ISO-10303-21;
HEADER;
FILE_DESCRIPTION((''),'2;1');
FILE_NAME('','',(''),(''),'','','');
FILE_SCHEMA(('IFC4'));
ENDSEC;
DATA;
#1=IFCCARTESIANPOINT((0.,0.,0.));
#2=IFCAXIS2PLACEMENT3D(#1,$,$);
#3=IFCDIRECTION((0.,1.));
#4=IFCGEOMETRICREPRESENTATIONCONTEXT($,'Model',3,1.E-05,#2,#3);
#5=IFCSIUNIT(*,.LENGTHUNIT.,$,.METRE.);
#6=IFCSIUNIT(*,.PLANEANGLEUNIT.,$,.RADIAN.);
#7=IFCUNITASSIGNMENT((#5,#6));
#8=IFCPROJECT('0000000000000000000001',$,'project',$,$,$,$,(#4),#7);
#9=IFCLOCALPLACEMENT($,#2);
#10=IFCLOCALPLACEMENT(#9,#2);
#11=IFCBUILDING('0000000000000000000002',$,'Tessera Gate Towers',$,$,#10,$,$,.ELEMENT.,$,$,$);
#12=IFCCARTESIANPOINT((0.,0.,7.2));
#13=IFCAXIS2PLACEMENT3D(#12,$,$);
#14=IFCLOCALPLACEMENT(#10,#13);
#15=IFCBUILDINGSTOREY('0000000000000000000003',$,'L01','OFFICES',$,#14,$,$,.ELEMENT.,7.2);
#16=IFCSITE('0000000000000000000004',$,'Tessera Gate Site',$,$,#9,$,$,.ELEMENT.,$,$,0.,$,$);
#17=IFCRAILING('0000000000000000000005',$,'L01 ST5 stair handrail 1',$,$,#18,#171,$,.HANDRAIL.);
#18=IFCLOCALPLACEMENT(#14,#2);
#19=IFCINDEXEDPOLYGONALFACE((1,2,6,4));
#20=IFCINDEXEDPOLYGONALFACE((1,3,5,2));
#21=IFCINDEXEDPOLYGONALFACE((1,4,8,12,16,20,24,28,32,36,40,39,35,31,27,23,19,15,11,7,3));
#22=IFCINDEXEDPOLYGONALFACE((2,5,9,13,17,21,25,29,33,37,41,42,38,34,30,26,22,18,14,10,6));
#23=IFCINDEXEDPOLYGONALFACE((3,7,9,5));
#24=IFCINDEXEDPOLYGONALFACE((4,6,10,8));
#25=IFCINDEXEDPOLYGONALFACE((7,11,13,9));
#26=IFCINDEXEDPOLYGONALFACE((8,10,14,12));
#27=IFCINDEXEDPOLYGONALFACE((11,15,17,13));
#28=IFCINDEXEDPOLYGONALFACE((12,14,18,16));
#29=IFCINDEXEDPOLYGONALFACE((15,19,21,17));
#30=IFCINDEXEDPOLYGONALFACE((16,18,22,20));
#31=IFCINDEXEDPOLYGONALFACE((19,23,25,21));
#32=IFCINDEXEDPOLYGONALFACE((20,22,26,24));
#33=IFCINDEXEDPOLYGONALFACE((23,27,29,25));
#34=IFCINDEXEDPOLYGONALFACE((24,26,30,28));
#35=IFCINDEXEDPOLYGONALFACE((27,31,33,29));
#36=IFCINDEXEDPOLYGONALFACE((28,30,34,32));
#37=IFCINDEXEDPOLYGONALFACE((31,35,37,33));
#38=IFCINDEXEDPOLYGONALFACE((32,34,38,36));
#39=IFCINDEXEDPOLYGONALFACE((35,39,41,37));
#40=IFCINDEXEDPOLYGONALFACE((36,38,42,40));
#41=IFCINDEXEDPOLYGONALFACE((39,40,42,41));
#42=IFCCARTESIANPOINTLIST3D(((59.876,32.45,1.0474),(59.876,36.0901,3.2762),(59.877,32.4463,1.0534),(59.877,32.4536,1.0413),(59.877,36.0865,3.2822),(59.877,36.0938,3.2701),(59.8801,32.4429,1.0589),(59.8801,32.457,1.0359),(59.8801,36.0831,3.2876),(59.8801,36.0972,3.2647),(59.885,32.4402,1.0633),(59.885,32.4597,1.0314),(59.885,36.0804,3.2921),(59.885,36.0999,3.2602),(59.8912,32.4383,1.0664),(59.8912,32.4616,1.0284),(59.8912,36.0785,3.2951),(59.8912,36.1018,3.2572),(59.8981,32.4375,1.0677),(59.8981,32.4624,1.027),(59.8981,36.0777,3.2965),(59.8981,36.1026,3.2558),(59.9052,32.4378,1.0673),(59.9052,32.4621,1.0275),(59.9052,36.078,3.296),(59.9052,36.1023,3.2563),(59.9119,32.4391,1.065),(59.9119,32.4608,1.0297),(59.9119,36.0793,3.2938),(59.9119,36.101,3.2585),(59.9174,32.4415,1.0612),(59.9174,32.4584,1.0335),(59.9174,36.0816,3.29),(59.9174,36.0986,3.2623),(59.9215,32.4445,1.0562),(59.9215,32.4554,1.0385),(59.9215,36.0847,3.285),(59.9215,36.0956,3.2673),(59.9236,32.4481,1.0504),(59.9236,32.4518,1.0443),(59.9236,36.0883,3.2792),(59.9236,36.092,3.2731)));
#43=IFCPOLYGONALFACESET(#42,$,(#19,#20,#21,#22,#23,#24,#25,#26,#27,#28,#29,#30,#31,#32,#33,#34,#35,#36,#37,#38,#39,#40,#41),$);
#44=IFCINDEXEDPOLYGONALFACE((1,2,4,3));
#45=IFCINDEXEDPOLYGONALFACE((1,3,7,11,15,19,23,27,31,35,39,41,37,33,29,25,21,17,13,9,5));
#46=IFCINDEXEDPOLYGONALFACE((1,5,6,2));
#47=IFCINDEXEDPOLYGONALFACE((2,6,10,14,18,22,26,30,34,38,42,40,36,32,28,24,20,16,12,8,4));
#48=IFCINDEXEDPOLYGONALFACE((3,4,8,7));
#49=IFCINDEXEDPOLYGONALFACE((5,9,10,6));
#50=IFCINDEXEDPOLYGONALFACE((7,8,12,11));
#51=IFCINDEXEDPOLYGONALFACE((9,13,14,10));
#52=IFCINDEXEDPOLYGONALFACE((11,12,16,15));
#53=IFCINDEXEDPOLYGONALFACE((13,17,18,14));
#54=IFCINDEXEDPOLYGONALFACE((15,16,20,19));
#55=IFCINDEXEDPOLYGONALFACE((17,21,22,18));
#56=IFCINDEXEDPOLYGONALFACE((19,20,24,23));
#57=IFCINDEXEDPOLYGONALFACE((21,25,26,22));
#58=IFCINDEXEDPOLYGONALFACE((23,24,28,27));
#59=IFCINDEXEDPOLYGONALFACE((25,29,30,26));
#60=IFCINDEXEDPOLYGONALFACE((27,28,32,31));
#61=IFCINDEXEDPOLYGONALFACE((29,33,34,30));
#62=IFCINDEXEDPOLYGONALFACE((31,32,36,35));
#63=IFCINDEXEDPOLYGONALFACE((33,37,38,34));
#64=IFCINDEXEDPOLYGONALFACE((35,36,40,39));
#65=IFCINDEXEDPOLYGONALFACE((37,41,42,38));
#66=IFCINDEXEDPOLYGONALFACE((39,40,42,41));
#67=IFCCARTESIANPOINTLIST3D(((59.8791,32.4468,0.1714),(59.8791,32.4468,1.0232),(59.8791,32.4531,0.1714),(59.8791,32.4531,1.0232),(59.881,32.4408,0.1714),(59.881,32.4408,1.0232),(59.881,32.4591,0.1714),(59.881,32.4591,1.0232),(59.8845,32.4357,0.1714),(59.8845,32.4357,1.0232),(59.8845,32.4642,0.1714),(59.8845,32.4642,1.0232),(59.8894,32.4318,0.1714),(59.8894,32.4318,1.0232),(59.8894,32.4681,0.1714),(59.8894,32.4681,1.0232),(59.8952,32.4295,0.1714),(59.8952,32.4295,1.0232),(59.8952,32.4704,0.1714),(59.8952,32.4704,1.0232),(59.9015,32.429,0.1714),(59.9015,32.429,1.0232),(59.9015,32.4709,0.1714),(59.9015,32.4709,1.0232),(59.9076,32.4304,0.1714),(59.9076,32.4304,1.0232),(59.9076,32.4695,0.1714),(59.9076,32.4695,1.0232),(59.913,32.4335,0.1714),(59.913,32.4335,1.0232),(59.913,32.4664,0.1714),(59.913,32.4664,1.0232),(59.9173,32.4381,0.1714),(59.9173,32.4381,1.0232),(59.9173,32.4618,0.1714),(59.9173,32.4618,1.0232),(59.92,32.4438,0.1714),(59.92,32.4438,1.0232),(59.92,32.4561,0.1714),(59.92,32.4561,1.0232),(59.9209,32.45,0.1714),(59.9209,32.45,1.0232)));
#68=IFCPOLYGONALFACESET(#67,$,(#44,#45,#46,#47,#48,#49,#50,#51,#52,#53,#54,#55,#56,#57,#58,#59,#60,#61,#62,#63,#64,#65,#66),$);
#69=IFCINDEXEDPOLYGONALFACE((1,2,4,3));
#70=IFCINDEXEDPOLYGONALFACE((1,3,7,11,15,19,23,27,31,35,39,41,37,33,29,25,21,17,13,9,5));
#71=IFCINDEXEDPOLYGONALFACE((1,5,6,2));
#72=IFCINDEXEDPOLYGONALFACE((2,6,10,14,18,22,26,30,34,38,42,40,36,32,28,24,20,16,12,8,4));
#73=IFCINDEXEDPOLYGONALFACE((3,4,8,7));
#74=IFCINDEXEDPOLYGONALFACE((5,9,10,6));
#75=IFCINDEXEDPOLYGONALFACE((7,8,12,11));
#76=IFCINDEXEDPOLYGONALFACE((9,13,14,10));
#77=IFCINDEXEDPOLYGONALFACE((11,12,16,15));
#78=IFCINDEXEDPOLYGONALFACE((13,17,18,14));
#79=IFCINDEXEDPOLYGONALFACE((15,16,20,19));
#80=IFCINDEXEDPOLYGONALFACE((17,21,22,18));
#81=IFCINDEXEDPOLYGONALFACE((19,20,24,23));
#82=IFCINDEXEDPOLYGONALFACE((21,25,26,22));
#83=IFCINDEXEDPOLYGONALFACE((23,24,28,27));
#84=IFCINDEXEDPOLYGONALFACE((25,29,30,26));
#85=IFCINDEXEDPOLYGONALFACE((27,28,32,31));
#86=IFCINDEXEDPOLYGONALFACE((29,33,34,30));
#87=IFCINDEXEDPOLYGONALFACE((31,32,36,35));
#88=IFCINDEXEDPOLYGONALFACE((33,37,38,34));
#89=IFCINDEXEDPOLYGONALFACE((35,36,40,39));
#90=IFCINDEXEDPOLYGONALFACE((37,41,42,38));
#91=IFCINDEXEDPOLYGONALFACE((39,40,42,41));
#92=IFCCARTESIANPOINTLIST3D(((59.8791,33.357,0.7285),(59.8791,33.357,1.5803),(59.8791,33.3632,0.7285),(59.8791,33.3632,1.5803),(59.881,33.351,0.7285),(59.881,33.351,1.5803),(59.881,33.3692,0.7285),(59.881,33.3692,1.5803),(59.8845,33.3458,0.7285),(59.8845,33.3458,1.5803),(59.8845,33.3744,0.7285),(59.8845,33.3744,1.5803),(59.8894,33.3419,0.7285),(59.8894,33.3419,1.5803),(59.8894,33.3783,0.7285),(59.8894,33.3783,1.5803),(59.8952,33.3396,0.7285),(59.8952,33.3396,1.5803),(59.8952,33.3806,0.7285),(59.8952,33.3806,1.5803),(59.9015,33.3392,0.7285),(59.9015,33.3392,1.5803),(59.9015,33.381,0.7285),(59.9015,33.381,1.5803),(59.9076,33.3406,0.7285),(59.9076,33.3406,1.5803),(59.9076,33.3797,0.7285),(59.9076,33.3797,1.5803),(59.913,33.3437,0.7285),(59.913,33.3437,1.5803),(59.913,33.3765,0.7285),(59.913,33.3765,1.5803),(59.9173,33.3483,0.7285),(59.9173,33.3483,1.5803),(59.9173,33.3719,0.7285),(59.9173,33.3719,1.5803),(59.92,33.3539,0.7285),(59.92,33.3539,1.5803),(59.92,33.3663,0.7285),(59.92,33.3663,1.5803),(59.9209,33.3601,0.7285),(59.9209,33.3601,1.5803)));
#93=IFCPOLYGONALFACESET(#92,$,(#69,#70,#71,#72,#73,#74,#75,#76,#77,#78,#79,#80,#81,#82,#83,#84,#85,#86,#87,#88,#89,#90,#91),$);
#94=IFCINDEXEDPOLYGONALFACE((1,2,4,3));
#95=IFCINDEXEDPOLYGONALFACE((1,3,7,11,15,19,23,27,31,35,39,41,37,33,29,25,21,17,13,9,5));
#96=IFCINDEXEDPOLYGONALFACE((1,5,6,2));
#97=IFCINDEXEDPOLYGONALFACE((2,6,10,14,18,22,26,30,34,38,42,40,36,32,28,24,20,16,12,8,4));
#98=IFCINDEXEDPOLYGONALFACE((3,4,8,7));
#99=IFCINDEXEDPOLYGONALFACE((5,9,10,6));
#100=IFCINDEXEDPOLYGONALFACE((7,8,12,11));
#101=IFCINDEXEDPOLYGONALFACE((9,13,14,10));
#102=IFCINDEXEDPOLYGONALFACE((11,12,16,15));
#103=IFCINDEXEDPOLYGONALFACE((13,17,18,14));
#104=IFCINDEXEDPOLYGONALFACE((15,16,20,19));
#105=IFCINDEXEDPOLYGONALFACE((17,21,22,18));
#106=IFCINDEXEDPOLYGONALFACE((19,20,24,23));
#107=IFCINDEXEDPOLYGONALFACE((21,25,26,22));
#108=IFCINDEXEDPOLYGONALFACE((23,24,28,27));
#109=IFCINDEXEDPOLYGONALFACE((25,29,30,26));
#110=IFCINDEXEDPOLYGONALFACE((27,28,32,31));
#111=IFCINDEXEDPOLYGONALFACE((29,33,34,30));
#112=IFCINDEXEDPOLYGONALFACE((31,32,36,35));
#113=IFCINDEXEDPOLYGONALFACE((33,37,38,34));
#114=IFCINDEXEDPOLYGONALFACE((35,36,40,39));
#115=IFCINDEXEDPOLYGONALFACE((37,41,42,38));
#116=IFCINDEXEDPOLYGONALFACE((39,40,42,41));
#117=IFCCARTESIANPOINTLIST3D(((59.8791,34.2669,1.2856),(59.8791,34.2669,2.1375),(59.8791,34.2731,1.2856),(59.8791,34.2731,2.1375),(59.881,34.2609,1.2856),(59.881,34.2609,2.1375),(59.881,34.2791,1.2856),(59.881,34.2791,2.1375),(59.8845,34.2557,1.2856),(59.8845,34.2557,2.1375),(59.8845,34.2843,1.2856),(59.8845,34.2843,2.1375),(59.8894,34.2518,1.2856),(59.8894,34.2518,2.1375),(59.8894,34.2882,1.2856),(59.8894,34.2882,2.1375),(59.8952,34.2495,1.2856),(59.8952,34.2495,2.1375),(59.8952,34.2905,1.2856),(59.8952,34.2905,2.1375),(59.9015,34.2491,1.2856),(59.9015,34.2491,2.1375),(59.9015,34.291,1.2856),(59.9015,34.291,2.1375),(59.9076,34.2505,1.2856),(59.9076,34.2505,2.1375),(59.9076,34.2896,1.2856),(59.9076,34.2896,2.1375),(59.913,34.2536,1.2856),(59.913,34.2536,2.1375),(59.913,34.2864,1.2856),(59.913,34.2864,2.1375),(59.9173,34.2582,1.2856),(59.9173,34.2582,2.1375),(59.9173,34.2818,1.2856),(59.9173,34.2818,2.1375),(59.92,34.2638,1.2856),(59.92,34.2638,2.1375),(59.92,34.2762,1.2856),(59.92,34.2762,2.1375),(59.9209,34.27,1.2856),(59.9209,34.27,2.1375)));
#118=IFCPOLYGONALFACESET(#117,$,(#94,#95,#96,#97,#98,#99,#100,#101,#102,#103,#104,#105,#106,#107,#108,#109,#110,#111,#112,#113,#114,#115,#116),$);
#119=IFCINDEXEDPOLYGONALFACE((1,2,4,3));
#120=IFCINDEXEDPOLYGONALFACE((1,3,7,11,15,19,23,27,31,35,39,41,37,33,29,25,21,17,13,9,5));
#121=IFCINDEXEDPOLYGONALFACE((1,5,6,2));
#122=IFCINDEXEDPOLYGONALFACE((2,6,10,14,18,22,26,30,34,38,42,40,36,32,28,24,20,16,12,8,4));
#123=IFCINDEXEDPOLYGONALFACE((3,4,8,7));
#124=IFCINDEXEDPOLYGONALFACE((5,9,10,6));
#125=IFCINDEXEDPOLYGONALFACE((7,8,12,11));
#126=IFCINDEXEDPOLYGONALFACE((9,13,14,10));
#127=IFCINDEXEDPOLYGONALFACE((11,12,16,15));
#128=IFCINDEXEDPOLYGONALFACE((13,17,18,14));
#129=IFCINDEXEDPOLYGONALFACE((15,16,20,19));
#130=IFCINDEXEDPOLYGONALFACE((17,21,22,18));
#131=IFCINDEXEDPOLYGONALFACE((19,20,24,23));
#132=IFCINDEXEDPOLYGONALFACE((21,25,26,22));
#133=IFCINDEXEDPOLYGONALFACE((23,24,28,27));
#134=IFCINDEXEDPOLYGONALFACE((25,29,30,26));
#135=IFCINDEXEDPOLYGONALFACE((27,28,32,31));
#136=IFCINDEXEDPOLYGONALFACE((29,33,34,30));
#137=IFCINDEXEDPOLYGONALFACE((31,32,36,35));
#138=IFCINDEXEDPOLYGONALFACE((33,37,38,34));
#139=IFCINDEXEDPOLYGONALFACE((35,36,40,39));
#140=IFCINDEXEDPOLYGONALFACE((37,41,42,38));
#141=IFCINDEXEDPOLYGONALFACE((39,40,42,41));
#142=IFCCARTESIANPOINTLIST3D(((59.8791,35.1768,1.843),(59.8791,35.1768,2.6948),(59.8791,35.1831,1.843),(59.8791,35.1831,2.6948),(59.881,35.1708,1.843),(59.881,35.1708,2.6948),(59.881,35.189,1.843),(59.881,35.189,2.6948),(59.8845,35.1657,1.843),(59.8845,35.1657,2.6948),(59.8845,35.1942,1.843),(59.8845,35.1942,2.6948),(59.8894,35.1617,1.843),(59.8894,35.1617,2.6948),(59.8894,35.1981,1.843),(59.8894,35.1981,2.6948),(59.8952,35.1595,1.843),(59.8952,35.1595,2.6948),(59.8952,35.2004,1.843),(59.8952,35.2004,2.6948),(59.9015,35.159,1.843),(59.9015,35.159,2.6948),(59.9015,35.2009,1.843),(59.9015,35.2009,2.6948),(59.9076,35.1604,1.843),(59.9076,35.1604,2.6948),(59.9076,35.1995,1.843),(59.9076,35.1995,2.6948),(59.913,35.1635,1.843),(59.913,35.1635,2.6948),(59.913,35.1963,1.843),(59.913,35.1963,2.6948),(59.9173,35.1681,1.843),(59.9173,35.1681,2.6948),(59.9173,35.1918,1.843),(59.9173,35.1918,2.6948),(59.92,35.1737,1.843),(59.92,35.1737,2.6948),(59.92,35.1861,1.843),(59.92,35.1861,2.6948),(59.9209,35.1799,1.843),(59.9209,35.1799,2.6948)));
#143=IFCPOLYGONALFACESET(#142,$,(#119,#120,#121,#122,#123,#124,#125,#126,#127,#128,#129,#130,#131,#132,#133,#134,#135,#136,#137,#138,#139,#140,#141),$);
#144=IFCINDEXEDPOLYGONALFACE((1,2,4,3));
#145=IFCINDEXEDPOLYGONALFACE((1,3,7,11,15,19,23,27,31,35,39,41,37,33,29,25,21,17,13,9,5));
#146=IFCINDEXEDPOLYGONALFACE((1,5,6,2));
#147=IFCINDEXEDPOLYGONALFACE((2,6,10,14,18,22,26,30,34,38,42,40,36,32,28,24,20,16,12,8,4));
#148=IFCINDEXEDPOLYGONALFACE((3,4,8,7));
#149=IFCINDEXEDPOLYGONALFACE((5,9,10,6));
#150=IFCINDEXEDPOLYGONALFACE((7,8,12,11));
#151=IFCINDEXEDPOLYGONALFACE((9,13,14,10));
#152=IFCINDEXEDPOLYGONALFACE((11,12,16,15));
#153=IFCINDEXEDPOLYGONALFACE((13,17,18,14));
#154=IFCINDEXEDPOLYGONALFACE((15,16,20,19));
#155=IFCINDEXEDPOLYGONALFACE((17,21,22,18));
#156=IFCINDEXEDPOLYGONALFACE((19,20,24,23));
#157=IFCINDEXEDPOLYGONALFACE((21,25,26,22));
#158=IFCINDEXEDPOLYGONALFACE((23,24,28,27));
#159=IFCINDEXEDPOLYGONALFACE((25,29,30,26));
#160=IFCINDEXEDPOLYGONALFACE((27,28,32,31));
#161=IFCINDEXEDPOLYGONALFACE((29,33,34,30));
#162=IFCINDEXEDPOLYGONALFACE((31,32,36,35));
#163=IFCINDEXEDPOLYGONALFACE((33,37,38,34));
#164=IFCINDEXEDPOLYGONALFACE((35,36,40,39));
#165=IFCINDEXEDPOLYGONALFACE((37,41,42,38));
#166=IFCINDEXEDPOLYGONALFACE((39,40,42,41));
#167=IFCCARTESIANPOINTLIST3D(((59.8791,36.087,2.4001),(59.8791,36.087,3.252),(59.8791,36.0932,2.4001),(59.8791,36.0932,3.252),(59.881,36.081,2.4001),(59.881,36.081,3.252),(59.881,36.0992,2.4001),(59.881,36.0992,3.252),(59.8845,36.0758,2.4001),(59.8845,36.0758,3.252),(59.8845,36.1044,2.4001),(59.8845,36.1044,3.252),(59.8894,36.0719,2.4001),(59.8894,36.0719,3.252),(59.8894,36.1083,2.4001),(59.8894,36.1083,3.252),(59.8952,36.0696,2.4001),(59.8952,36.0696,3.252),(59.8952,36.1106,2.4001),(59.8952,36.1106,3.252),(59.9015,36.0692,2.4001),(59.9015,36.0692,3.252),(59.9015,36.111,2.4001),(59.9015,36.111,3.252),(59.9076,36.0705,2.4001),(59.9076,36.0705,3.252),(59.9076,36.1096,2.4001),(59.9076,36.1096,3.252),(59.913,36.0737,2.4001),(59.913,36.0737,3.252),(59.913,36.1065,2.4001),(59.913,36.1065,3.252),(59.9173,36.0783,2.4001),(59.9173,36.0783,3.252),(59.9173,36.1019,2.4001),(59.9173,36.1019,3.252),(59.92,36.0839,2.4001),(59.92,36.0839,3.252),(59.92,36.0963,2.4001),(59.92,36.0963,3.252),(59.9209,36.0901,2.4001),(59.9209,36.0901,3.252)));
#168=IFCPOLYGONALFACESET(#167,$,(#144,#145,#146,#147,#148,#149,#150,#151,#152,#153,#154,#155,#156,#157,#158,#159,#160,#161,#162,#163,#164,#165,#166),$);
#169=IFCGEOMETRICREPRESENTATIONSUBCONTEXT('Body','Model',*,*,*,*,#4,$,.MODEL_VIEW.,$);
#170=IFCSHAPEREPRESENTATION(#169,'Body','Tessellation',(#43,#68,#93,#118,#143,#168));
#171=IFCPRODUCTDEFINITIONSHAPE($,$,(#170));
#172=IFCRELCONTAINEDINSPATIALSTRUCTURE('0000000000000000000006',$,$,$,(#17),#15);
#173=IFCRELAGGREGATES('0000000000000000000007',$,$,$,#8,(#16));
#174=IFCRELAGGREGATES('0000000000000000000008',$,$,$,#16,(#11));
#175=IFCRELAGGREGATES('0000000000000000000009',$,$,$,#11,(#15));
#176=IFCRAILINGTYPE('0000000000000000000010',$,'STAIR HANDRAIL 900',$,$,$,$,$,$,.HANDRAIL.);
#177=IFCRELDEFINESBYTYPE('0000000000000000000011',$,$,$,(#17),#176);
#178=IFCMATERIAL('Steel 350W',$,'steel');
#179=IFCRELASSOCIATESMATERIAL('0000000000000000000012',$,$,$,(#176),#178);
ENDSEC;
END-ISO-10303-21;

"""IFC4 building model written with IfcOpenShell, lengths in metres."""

from ifc_helpers import new_model, si_unit, direction, frame, origin, origin_2d, place, context, subcontext, project, spatial, circle, extrude, material, type_object, element, save


model = new_model("IFC4")

# Units and contexts
model_context = context("Model", 3, precision=1e-05, world=origin(), true_north=direction((0.0, 1.0)))
body_context = subcontext(model_context, "Body", "Model", "MODEL_VIEW")
ifc_project = project(units=[si_unit("LENGTHUNIT", "METRE"), si_unit("PLANEANGLEUNIT", "RADIAN")], contexts=[model_context])

# Site, building, storey
site_placement = place(None, origin())
site = spatial("IfcSite", under=ifc_project, at=site_placement, Name="Tessera Gate Site", CompositionType="ELEMENT", RefElevation=0.0)
building_placement = place(site_placement, origin())
building = spatial("IfcBuilding", under=site, at=building_placement, Name="Tessera Gate Towers", CompositionType="ELEMENT")
storey_placement = place(building_placement, frame((0.0, 0.0, 7.2)))
storey = spatial("IfcBuildingStorey", under=building, at=storey_placement, Name="L01", Description="OFFICES", CompositionType="ELEMENT", Elevation=7.2)

# Railing
ifc_material_1 = material(Name="Steel 350W", Category="steel")
railing_type_1 = type_object("IfcRailingType", Name="STAIR HANDRAIL 900", PredefinedType="HANDRAIL", material=ifc_material_1)
railing_1_placement = place(storey_placement, frame((59.8999, 32.45, 0.1714)))
element("IfcRailing", 1, at=railing_1_placement, inside=storey, type_object=railing_type_1, Name="L01 ST5 stair handrail 1", PredefinedType="HANDRAIL", context=body_context, shape_type="SweptSolid", body=[
    extrude(circle(Radius=0.0239, at=origin_2d()), frame((0.0, 0.0, 0.876), z_axis=(0.0, 0.85284, 0.522172), x_axis=(-1.0, 0.0, 0.0)), (0.0, 0.0, 1.0), 4.2683),
    extrude(circle(Radius=0.021, at=origin_2d()), origin(), (0.0, 0.0, 1.0), 0.8518),
    extrude(circle(Radius=0.021, at=origin_2d()), frame((0.0, 0.9102, 0.5571)), (0.0, 0.0, 1.0), 0.8518),
    extrude(circle(Radius=0.021, at=origin_2d()), frame((0.0, 1.8201, 1.1143)), (0.0, 0.0, 1.0), 0.8518),
    extrude(circle(Radius=0.021, at=origin_2d()), frame((0.0, 2.73, 1.6716)), (0.0, 0.0, 1.0), 0.8518),
    extrude(circle(Radius=0.021, at=origin_2d()), frame((0.0, 3.6401, 2.2288)), (0.0, 0.0, 1.0), 0.8518),
])

save(model, "model.ifc")
